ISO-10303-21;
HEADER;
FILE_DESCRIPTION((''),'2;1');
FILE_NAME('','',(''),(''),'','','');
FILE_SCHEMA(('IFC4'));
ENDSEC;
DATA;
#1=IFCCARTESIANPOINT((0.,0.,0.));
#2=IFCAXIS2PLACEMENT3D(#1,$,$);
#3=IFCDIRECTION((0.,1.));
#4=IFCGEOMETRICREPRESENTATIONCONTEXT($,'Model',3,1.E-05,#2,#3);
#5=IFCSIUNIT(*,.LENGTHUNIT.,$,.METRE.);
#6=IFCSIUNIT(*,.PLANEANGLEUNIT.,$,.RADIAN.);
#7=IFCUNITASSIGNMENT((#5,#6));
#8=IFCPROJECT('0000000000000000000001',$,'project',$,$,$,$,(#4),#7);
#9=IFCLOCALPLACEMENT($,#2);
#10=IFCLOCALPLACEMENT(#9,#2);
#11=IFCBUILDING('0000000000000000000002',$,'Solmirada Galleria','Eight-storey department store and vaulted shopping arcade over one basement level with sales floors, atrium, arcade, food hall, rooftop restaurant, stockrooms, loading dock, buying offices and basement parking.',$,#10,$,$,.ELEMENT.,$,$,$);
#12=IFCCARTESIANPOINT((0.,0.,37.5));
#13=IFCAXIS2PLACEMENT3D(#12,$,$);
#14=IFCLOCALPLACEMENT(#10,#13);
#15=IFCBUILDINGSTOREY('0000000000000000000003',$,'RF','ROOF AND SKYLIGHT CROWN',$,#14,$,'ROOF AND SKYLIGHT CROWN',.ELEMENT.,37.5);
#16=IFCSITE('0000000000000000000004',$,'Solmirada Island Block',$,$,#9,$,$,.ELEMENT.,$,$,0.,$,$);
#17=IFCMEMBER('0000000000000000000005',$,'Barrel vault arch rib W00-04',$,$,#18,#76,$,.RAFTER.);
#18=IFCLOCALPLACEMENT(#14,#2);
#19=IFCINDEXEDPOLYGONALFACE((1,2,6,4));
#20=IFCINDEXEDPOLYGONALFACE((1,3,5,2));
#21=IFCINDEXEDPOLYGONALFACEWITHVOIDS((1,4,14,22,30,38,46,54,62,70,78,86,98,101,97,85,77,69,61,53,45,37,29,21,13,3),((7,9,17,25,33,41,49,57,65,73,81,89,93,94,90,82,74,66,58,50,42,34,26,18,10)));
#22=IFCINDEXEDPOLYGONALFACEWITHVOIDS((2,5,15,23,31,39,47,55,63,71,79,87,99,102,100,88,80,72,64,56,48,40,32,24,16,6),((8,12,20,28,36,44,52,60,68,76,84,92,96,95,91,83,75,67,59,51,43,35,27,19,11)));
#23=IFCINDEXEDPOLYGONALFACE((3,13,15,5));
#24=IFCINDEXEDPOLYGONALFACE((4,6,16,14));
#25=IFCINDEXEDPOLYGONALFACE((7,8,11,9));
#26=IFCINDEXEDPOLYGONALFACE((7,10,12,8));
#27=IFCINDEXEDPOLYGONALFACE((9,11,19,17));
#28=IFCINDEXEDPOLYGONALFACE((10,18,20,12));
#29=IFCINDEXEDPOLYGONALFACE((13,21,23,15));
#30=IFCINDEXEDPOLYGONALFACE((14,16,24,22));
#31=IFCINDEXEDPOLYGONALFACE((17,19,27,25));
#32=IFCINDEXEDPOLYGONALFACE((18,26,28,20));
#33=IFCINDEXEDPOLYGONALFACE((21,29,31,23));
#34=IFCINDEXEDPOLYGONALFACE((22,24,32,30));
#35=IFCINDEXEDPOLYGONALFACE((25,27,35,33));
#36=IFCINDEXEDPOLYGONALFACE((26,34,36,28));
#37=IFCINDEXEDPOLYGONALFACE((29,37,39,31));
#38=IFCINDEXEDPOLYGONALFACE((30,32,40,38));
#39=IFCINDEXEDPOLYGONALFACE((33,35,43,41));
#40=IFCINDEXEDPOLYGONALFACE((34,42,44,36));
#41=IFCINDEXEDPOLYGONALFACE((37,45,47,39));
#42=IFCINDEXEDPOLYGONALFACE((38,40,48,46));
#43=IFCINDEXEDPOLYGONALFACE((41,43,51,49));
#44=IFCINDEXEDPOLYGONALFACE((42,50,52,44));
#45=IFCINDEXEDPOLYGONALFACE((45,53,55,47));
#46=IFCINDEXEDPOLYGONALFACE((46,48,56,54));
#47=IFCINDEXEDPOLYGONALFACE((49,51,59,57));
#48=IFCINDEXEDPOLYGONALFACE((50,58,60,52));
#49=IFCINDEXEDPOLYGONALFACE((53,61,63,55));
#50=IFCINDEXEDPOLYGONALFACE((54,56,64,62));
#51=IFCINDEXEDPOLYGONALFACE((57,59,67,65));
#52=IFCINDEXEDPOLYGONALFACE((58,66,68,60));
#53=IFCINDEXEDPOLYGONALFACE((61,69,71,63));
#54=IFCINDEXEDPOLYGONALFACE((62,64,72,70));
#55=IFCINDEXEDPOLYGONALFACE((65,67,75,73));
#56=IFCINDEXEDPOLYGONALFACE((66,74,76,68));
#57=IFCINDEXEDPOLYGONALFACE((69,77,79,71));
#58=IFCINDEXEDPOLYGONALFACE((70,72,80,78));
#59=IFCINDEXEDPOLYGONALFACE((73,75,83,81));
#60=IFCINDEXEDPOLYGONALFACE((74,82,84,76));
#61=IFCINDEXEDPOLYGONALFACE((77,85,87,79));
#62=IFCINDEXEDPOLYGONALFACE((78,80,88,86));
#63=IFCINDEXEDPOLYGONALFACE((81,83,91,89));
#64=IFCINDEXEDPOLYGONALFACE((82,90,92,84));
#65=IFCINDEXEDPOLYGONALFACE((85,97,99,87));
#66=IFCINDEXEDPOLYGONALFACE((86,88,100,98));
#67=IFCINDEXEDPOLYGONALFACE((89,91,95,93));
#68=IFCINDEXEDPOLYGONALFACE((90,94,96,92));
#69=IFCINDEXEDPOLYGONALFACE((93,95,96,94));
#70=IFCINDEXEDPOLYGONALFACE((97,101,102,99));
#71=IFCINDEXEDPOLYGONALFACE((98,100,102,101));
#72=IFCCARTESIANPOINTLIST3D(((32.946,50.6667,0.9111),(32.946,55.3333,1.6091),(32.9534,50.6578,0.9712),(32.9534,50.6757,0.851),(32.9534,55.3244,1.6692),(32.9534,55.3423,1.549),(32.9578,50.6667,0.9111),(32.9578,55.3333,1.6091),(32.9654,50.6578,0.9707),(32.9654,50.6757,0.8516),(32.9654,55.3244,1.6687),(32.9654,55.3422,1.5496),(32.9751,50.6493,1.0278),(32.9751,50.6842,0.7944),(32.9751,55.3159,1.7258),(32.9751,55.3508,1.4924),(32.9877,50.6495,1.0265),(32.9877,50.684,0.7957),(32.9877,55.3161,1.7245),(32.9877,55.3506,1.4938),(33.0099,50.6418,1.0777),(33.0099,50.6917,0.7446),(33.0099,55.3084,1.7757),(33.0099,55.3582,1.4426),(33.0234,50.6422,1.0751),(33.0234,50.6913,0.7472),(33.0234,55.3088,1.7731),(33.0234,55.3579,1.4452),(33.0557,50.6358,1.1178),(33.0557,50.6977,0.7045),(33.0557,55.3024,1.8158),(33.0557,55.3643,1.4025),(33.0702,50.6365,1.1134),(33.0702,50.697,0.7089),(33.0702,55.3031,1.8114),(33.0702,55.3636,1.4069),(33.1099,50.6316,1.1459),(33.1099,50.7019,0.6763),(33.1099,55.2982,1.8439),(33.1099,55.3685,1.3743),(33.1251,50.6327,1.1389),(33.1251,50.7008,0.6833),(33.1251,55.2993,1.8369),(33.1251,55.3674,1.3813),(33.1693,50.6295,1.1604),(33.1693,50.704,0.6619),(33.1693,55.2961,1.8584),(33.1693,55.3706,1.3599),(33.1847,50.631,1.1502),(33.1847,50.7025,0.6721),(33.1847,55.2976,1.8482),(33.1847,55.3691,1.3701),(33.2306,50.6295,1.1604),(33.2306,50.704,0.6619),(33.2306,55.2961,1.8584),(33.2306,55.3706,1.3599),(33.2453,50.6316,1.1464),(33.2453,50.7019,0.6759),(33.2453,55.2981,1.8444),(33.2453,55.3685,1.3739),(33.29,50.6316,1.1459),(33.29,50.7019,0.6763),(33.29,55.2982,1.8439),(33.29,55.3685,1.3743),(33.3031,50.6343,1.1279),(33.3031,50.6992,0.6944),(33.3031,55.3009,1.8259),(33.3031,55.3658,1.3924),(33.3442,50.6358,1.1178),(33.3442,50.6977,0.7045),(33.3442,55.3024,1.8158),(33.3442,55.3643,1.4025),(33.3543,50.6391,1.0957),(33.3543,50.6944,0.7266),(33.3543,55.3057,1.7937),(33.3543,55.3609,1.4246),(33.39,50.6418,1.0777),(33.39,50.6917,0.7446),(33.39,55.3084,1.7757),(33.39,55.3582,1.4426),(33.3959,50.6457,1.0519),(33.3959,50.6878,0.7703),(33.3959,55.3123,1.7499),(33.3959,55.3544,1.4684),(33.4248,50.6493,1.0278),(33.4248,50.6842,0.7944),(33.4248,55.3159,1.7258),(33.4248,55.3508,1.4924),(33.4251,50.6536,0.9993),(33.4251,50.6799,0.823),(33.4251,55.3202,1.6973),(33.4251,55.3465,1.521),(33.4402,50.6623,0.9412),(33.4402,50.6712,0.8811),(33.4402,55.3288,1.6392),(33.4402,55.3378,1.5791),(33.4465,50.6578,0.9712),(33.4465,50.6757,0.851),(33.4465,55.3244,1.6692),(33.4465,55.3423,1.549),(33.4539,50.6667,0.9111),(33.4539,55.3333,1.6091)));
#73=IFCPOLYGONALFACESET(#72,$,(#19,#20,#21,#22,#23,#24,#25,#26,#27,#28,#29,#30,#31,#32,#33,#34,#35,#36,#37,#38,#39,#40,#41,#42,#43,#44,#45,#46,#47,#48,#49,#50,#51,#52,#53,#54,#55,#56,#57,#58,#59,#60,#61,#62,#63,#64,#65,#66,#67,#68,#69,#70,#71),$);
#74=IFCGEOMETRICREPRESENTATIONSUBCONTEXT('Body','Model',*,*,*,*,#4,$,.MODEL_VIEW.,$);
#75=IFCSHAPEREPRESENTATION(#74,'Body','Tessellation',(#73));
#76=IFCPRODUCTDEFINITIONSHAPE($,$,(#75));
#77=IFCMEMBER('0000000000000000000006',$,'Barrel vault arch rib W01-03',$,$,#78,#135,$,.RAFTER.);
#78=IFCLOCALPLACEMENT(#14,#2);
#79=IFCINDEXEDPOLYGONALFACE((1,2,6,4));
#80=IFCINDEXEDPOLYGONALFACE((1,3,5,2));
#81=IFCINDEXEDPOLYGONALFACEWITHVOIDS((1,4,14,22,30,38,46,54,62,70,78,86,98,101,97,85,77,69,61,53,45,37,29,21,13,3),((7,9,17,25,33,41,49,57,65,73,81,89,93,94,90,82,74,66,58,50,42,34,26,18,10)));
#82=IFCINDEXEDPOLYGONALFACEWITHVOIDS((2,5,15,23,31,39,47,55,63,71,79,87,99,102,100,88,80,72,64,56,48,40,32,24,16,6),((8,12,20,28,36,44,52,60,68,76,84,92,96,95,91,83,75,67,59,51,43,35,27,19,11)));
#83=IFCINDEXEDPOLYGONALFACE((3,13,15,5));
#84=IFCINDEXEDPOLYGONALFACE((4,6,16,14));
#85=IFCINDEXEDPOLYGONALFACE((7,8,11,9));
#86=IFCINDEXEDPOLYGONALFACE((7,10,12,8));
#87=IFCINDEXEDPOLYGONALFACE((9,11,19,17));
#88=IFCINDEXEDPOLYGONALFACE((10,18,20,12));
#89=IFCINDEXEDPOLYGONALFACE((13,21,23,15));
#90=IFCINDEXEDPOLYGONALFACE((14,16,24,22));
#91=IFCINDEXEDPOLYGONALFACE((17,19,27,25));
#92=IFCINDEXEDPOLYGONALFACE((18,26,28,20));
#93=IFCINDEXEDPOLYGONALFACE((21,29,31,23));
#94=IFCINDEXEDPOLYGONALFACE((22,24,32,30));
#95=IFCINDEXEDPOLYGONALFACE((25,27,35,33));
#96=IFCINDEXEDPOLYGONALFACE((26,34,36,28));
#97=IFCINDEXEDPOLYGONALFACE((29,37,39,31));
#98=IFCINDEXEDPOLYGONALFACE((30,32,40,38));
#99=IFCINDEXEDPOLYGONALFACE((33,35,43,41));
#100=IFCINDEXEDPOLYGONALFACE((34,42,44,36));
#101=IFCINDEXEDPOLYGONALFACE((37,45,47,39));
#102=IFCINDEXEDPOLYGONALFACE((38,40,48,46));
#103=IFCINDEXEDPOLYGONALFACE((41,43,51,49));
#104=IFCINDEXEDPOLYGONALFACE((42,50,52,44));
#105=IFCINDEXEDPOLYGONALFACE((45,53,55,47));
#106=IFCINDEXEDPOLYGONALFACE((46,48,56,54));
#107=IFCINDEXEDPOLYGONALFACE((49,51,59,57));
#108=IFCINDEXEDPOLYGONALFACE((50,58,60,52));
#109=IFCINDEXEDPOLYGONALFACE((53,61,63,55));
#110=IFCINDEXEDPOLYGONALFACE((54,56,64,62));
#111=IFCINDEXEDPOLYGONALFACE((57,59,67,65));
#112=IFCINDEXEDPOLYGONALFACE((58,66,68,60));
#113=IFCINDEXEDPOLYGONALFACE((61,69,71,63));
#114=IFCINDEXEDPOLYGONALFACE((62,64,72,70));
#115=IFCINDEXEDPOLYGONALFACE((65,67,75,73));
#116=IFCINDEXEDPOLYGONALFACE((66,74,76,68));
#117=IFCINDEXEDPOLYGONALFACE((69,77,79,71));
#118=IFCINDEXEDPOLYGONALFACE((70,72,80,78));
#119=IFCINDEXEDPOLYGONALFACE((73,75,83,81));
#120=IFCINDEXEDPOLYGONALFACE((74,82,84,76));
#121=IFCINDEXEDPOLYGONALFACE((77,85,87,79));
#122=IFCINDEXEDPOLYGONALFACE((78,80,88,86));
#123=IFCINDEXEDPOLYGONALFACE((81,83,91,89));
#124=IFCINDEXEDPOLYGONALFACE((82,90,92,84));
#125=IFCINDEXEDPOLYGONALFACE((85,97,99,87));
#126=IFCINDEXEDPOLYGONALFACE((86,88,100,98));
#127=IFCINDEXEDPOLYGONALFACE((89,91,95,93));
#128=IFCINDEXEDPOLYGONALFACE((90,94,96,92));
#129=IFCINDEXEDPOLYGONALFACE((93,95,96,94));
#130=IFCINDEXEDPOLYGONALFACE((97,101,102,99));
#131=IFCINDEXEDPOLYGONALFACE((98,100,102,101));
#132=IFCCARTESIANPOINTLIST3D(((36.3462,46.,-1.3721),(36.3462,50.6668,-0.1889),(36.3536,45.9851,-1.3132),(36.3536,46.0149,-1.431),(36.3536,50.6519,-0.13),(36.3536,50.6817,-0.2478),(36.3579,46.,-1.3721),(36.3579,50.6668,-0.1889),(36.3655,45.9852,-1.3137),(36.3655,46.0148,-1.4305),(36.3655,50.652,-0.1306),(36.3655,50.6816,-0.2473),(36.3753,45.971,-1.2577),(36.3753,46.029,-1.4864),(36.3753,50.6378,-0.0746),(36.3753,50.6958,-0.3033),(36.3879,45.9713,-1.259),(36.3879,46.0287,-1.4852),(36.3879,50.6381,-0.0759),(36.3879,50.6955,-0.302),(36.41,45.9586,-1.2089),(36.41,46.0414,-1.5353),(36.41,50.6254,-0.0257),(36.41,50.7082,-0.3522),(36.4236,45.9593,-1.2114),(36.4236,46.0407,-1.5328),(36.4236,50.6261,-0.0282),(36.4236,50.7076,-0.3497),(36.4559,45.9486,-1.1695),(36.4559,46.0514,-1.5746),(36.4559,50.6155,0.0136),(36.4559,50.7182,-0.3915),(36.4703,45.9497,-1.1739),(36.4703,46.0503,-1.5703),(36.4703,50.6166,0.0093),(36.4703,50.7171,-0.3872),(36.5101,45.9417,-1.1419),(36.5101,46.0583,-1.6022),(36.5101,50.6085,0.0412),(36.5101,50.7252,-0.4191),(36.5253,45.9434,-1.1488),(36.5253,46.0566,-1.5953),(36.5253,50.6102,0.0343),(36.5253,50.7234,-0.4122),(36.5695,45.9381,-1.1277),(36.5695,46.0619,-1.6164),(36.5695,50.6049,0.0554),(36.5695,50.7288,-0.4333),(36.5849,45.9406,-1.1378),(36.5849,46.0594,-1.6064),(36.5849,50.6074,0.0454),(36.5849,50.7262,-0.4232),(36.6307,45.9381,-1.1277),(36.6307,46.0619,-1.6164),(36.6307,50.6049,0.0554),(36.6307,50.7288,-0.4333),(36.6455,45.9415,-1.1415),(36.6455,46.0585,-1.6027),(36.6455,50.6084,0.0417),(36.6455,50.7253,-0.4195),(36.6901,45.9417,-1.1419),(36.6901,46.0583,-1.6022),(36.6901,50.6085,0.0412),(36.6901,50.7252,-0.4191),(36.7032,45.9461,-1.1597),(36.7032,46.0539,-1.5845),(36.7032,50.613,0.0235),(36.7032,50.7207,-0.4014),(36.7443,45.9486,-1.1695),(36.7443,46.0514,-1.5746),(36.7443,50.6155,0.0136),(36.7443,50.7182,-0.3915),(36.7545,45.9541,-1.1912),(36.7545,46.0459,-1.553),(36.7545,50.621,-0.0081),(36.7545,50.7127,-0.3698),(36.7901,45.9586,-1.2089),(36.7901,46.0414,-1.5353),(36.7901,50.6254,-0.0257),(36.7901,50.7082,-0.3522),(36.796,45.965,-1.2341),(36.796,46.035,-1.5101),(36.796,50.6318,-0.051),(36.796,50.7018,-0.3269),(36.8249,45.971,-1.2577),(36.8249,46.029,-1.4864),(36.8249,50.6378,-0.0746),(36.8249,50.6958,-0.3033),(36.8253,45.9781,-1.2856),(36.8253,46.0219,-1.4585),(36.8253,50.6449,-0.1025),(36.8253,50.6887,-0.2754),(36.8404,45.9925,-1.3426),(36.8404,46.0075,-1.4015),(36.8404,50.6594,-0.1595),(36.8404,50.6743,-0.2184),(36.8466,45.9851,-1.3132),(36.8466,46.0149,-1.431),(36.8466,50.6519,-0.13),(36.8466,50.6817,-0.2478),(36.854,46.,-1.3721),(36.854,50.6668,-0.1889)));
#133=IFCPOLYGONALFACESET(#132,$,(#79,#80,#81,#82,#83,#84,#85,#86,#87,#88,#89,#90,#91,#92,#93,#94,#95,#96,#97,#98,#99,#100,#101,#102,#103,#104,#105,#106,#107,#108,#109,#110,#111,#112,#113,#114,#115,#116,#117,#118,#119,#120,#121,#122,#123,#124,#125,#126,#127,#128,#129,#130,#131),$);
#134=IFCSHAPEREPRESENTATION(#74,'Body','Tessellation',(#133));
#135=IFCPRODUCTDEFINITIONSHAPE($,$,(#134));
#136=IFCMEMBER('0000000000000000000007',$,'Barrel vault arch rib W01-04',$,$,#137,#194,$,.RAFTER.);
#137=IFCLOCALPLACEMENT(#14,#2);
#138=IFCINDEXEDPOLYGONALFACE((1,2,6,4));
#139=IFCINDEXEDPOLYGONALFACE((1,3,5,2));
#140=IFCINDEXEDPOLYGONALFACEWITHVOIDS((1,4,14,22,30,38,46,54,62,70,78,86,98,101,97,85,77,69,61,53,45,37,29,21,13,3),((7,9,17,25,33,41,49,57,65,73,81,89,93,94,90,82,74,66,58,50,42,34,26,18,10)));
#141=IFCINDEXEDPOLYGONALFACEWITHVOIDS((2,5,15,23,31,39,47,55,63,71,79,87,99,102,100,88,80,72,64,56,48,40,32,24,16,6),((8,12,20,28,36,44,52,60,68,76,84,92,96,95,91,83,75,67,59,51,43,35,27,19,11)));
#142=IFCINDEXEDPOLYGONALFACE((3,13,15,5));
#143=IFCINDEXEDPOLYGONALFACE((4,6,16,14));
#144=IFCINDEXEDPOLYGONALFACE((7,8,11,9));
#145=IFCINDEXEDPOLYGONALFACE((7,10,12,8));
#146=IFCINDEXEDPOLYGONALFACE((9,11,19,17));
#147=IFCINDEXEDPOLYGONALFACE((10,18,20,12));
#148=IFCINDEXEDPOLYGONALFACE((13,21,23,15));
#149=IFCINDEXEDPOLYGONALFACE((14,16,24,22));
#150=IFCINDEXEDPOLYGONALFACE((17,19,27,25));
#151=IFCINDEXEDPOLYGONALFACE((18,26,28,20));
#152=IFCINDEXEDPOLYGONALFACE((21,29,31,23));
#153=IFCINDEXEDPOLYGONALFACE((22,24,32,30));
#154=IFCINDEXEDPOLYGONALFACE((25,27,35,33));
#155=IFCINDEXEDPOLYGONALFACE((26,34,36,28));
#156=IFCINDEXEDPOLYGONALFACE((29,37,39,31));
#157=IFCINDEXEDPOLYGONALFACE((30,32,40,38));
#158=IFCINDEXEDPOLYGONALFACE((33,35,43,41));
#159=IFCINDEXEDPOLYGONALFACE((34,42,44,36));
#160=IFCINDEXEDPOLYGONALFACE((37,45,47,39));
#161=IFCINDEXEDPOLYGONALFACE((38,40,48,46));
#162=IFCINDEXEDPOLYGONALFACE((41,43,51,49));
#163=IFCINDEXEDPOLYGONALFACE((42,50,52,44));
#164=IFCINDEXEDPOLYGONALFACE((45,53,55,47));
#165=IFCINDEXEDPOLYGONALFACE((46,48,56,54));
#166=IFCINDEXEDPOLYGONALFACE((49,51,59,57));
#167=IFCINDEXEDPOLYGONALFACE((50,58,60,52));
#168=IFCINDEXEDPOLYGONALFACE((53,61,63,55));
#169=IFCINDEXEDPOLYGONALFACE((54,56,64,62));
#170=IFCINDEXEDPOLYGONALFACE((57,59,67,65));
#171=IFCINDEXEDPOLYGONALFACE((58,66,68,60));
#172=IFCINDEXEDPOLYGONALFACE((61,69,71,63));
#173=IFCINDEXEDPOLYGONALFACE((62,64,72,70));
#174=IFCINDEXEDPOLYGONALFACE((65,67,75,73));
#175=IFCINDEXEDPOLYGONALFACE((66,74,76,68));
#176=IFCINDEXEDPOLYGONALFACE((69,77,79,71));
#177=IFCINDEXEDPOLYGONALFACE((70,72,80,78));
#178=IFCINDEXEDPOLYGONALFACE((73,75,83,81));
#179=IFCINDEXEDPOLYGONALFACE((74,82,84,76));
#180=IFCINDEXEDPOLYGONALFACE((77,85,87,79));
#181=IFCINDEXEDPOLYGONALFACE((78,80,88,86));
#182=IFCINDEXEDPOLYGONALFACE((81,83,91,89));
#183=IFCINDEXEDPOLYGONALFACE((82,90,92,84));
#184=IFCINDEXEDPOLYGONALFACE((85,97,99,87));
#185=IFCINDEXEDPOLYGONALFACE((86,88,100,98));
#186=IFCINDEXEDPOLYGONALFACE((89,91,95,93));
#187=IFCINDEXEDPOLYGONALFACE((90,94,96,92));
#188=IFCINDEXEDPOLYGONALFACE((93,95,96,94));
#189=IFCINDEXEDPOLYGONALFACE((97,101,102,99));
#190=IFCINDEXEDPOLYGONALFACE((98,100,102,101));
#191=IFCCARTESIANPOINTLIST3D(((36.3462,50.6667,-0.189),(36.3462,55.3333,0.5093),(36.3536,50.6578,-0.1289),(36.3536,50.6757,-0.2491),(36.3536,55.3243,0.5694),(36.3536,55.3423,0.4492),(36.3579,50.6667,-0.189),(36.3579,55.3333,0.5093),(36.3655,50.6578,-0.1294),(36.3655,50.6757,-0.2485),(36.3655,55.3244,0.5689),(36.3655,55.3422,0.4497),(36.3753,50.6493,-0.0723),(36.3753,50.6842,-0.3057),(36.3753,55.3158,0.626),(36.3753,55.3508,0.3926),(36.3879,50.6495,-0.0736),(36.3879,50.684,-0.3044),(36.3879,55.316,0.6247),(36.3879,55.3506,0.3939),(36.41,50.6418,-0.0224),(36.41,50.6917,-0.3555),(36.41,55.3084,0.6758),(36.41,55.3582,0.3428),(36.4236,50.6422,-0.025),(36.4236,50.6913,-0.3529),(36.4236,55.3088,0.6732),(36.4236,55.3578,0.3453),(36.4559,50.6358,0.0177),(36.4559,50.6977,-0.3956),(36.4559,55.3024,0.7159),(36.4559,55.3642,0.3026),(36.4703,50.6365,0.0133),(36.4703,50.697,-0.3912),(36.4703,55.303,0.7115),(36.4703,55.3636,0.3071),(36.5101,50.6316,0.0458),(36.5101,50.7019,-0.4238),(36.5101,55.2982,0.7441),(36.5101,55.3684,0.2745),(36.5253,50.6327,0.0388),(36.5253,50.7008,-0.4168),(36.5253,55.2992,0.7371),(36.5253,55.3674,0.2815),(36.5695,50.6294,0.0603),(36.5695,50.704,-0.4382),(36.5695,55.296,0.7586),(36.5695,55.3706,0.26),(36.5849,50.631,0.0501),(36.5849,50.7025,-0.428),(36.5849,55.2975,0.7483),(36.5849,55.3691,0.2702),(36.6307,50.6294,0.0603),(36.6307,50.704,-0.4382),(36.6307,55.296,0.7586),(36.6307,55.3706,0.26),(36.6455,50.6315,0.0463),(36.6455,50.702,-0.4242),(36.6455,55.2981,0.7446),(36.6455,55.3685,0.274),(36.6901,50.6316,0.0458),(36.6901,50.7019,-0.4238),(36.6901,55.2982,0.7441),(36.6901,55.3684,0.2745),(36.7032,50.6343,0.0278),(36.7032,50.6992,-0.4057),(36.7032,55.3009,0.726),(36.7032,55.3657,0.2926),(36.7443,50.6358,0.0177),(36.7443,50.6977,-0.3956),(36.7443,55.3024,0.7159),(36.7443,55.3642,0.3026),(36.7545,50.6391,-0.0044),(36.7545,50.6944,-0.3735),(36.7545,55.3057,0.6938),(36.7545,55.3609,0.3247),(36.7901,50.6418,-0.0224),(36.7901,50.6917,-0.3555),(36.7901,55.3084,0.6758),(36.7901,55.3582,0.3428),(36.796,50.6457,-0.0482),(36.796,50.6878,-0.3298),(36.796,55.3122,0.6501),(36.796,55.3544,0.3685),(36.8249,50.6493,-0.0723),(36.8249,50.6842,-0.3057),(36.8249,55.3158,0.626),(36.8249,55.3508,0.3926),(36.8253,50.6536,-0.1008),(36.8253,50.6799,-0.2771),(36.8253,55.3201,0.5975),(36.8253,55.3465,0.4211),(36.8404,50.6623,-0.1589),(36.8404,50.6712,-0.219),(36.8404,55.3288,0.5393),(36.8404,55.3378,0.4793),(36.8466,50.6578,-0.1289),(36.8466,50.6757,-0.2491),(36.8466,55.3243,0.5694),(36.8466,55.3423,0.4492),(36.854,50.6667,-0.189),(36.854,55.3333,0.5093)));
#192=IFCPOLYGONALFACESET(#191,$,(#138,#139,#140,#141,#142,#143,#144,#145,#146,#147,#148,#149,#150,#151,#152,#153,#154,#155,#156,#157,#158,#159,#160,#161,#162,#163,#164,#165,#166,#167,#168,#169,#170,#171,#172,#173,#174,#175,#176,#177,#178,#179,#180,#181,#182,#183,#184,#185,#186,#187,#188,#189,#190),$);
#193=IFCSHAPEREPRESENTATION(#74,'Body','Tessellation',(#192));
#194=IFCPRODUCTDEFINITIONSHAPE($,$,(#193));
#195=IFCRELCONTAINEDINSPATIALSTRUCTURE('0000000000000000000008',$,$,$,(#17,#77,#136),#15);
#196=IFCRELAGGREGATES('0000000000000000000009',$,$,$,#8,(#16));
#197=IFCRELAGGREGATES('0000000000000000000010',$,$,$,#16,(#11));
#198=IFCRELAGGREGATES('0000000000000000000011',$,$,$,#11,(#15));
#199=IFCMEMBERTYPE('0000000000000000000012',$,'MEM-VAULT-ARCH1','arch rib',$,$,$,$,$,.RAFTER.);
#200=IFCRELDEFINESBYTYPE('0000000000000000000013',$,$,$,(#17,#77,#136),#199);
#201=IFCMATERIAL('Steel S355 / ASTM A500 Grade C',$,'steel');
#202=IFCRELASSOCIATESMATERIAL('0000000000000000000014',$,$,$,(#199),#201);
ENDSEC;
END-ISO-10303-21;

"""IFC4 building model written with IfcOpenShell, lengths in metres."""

from ifc_helpers import new_model, si_unit, direction, frame, origin, origin_2d, place, context, subcontext, project, spatial, hollow_circle, extrude, material, material_profile, profile_set, type_object, element, save


model = new_model("IFC4")

# Units and contexts
model_context = context("Model", 3, precision=1e-05, world=origin(), true_north=direction((0.0, 1.0)))
body_context = subcontext(model_context, "Body", "Model", "MODEL_VIEW")
ifc_project = project(units=[si_unit("LENGTHUNIT", "METRE"), si_unit("PLANEANGLEUNIT", "RADIAN")], contexts=[model_context])

# Site, building, storey
site_placement = place(None, origin())
site = spatial("IfcSite", under=ifc_project, at=site_placement, Name="Solmirada Island Block", CompositionType="ELEMENT", RefElevation=0.0)
building_placement = place(site_placement, origin())
building = spatial("IfcBuilding", under=site, at=building_placement, Name="Solmirada Galleria", Description="Eight-storey department store and vaulted shopping arcade over one basement level with sales floors, atrium, arcade, food hall, rooftop restaurant, stockrooms, loading dock, buying offices and basement parking.", CompositionType="ELEMENT")
storey_placement = place(building_placement, frame((0.0, 0.0, 37.5)))
storey = spatial("IfcBuildingStorey", under=building, at=storey_placement, Name="RF", Description="ROOF AND SKYLIGHT CROWN", LongName="ROOF AND SKYLIGHT CROWN", CompositionType="ELEMENT", Elevation=37.5)

# Members
ifc_material_1 = material(Name="Steel S355 / ASTM A500 Grade C", Category="steel")
ifc_material_profile_1 = material_profile(ifc_material_1, hollow_circle(Radius=0.2539, WallThickness=0.0117, at=origin_2d()), Name="HSS20.000X0.500")
ifc_profile_set_1 = profile_set([ifc_material_profile_1], Name="Steel S355 / ASTM A500 Grade C")
member_type_1 = type_object("IfcMemberType", Name="MEM-VAULT-ARCH1", Description="arch rib", PredefinedType="RAFTER", material=ifc_profile_set_1)
member_1_placement = place(storey_placement, frame((33.2, 50.6667, 0.9111), z_axis=(0.0, 0.988998, 0.147931), x_axis=(-1.0, 0.0, 0.0)))
element("IfcMember", 1, at=member_1_placement, inside=storey, type_object=member_type_1, Name="Barrel vault arch rib W00-04", PredefinedType="RAFTER", context=body_context, shape_type="SweptSolid", body=[
    extrude(hollow_circle(Radius=0.2539, WallThickness=0.0117, at=origin_2d()), origin(), (0.0, 0.0, 1.0), 4.7185),
])
member_2_placement = place(storey_placement, frame((36.6001, 46.0, -1.3721), z_axis=(0.0, 0.969335, 0.245744), x_axis=(-1.0, 0.0, 0.0)))
element("IfcMember", 2, at=member_2_placement, inside=storey, type_object=member_type_1, Name="Barrel vault arch rib W01-03", PredefinedType="RAFTER", context=body_context, shape_type="SweptSolid", body=[
    extrude(hollow_circle(Radius=0.2539, WallThickness=0.0117, at=origin_2d()), origin(), (0.0, 0.0, 1.0), 4.8145),
])
member_3_placement = place(storey_placement, frame((36.6001, 50.6667, -0.189), z_axis=(0.0, 0.98899, 0.147981), x_axis=(-1.0, 0.0, 0.0)))
element("IfcMember", 3, at=member_3_placement, inside=storey, type_object=member_type_1, Name="Barrel vault arch rib W01-04", PredefinedType="RAFTER", context=body_context, shape_type="SweptSolid", body=[
    extrude(hollow_circle(Radius=0.2539, WallThickness=0.0117, at=origin_2d()), origin(), (0.0, 0.0, 1.0), 4.7185),
])

save(model, "model.ifc")
